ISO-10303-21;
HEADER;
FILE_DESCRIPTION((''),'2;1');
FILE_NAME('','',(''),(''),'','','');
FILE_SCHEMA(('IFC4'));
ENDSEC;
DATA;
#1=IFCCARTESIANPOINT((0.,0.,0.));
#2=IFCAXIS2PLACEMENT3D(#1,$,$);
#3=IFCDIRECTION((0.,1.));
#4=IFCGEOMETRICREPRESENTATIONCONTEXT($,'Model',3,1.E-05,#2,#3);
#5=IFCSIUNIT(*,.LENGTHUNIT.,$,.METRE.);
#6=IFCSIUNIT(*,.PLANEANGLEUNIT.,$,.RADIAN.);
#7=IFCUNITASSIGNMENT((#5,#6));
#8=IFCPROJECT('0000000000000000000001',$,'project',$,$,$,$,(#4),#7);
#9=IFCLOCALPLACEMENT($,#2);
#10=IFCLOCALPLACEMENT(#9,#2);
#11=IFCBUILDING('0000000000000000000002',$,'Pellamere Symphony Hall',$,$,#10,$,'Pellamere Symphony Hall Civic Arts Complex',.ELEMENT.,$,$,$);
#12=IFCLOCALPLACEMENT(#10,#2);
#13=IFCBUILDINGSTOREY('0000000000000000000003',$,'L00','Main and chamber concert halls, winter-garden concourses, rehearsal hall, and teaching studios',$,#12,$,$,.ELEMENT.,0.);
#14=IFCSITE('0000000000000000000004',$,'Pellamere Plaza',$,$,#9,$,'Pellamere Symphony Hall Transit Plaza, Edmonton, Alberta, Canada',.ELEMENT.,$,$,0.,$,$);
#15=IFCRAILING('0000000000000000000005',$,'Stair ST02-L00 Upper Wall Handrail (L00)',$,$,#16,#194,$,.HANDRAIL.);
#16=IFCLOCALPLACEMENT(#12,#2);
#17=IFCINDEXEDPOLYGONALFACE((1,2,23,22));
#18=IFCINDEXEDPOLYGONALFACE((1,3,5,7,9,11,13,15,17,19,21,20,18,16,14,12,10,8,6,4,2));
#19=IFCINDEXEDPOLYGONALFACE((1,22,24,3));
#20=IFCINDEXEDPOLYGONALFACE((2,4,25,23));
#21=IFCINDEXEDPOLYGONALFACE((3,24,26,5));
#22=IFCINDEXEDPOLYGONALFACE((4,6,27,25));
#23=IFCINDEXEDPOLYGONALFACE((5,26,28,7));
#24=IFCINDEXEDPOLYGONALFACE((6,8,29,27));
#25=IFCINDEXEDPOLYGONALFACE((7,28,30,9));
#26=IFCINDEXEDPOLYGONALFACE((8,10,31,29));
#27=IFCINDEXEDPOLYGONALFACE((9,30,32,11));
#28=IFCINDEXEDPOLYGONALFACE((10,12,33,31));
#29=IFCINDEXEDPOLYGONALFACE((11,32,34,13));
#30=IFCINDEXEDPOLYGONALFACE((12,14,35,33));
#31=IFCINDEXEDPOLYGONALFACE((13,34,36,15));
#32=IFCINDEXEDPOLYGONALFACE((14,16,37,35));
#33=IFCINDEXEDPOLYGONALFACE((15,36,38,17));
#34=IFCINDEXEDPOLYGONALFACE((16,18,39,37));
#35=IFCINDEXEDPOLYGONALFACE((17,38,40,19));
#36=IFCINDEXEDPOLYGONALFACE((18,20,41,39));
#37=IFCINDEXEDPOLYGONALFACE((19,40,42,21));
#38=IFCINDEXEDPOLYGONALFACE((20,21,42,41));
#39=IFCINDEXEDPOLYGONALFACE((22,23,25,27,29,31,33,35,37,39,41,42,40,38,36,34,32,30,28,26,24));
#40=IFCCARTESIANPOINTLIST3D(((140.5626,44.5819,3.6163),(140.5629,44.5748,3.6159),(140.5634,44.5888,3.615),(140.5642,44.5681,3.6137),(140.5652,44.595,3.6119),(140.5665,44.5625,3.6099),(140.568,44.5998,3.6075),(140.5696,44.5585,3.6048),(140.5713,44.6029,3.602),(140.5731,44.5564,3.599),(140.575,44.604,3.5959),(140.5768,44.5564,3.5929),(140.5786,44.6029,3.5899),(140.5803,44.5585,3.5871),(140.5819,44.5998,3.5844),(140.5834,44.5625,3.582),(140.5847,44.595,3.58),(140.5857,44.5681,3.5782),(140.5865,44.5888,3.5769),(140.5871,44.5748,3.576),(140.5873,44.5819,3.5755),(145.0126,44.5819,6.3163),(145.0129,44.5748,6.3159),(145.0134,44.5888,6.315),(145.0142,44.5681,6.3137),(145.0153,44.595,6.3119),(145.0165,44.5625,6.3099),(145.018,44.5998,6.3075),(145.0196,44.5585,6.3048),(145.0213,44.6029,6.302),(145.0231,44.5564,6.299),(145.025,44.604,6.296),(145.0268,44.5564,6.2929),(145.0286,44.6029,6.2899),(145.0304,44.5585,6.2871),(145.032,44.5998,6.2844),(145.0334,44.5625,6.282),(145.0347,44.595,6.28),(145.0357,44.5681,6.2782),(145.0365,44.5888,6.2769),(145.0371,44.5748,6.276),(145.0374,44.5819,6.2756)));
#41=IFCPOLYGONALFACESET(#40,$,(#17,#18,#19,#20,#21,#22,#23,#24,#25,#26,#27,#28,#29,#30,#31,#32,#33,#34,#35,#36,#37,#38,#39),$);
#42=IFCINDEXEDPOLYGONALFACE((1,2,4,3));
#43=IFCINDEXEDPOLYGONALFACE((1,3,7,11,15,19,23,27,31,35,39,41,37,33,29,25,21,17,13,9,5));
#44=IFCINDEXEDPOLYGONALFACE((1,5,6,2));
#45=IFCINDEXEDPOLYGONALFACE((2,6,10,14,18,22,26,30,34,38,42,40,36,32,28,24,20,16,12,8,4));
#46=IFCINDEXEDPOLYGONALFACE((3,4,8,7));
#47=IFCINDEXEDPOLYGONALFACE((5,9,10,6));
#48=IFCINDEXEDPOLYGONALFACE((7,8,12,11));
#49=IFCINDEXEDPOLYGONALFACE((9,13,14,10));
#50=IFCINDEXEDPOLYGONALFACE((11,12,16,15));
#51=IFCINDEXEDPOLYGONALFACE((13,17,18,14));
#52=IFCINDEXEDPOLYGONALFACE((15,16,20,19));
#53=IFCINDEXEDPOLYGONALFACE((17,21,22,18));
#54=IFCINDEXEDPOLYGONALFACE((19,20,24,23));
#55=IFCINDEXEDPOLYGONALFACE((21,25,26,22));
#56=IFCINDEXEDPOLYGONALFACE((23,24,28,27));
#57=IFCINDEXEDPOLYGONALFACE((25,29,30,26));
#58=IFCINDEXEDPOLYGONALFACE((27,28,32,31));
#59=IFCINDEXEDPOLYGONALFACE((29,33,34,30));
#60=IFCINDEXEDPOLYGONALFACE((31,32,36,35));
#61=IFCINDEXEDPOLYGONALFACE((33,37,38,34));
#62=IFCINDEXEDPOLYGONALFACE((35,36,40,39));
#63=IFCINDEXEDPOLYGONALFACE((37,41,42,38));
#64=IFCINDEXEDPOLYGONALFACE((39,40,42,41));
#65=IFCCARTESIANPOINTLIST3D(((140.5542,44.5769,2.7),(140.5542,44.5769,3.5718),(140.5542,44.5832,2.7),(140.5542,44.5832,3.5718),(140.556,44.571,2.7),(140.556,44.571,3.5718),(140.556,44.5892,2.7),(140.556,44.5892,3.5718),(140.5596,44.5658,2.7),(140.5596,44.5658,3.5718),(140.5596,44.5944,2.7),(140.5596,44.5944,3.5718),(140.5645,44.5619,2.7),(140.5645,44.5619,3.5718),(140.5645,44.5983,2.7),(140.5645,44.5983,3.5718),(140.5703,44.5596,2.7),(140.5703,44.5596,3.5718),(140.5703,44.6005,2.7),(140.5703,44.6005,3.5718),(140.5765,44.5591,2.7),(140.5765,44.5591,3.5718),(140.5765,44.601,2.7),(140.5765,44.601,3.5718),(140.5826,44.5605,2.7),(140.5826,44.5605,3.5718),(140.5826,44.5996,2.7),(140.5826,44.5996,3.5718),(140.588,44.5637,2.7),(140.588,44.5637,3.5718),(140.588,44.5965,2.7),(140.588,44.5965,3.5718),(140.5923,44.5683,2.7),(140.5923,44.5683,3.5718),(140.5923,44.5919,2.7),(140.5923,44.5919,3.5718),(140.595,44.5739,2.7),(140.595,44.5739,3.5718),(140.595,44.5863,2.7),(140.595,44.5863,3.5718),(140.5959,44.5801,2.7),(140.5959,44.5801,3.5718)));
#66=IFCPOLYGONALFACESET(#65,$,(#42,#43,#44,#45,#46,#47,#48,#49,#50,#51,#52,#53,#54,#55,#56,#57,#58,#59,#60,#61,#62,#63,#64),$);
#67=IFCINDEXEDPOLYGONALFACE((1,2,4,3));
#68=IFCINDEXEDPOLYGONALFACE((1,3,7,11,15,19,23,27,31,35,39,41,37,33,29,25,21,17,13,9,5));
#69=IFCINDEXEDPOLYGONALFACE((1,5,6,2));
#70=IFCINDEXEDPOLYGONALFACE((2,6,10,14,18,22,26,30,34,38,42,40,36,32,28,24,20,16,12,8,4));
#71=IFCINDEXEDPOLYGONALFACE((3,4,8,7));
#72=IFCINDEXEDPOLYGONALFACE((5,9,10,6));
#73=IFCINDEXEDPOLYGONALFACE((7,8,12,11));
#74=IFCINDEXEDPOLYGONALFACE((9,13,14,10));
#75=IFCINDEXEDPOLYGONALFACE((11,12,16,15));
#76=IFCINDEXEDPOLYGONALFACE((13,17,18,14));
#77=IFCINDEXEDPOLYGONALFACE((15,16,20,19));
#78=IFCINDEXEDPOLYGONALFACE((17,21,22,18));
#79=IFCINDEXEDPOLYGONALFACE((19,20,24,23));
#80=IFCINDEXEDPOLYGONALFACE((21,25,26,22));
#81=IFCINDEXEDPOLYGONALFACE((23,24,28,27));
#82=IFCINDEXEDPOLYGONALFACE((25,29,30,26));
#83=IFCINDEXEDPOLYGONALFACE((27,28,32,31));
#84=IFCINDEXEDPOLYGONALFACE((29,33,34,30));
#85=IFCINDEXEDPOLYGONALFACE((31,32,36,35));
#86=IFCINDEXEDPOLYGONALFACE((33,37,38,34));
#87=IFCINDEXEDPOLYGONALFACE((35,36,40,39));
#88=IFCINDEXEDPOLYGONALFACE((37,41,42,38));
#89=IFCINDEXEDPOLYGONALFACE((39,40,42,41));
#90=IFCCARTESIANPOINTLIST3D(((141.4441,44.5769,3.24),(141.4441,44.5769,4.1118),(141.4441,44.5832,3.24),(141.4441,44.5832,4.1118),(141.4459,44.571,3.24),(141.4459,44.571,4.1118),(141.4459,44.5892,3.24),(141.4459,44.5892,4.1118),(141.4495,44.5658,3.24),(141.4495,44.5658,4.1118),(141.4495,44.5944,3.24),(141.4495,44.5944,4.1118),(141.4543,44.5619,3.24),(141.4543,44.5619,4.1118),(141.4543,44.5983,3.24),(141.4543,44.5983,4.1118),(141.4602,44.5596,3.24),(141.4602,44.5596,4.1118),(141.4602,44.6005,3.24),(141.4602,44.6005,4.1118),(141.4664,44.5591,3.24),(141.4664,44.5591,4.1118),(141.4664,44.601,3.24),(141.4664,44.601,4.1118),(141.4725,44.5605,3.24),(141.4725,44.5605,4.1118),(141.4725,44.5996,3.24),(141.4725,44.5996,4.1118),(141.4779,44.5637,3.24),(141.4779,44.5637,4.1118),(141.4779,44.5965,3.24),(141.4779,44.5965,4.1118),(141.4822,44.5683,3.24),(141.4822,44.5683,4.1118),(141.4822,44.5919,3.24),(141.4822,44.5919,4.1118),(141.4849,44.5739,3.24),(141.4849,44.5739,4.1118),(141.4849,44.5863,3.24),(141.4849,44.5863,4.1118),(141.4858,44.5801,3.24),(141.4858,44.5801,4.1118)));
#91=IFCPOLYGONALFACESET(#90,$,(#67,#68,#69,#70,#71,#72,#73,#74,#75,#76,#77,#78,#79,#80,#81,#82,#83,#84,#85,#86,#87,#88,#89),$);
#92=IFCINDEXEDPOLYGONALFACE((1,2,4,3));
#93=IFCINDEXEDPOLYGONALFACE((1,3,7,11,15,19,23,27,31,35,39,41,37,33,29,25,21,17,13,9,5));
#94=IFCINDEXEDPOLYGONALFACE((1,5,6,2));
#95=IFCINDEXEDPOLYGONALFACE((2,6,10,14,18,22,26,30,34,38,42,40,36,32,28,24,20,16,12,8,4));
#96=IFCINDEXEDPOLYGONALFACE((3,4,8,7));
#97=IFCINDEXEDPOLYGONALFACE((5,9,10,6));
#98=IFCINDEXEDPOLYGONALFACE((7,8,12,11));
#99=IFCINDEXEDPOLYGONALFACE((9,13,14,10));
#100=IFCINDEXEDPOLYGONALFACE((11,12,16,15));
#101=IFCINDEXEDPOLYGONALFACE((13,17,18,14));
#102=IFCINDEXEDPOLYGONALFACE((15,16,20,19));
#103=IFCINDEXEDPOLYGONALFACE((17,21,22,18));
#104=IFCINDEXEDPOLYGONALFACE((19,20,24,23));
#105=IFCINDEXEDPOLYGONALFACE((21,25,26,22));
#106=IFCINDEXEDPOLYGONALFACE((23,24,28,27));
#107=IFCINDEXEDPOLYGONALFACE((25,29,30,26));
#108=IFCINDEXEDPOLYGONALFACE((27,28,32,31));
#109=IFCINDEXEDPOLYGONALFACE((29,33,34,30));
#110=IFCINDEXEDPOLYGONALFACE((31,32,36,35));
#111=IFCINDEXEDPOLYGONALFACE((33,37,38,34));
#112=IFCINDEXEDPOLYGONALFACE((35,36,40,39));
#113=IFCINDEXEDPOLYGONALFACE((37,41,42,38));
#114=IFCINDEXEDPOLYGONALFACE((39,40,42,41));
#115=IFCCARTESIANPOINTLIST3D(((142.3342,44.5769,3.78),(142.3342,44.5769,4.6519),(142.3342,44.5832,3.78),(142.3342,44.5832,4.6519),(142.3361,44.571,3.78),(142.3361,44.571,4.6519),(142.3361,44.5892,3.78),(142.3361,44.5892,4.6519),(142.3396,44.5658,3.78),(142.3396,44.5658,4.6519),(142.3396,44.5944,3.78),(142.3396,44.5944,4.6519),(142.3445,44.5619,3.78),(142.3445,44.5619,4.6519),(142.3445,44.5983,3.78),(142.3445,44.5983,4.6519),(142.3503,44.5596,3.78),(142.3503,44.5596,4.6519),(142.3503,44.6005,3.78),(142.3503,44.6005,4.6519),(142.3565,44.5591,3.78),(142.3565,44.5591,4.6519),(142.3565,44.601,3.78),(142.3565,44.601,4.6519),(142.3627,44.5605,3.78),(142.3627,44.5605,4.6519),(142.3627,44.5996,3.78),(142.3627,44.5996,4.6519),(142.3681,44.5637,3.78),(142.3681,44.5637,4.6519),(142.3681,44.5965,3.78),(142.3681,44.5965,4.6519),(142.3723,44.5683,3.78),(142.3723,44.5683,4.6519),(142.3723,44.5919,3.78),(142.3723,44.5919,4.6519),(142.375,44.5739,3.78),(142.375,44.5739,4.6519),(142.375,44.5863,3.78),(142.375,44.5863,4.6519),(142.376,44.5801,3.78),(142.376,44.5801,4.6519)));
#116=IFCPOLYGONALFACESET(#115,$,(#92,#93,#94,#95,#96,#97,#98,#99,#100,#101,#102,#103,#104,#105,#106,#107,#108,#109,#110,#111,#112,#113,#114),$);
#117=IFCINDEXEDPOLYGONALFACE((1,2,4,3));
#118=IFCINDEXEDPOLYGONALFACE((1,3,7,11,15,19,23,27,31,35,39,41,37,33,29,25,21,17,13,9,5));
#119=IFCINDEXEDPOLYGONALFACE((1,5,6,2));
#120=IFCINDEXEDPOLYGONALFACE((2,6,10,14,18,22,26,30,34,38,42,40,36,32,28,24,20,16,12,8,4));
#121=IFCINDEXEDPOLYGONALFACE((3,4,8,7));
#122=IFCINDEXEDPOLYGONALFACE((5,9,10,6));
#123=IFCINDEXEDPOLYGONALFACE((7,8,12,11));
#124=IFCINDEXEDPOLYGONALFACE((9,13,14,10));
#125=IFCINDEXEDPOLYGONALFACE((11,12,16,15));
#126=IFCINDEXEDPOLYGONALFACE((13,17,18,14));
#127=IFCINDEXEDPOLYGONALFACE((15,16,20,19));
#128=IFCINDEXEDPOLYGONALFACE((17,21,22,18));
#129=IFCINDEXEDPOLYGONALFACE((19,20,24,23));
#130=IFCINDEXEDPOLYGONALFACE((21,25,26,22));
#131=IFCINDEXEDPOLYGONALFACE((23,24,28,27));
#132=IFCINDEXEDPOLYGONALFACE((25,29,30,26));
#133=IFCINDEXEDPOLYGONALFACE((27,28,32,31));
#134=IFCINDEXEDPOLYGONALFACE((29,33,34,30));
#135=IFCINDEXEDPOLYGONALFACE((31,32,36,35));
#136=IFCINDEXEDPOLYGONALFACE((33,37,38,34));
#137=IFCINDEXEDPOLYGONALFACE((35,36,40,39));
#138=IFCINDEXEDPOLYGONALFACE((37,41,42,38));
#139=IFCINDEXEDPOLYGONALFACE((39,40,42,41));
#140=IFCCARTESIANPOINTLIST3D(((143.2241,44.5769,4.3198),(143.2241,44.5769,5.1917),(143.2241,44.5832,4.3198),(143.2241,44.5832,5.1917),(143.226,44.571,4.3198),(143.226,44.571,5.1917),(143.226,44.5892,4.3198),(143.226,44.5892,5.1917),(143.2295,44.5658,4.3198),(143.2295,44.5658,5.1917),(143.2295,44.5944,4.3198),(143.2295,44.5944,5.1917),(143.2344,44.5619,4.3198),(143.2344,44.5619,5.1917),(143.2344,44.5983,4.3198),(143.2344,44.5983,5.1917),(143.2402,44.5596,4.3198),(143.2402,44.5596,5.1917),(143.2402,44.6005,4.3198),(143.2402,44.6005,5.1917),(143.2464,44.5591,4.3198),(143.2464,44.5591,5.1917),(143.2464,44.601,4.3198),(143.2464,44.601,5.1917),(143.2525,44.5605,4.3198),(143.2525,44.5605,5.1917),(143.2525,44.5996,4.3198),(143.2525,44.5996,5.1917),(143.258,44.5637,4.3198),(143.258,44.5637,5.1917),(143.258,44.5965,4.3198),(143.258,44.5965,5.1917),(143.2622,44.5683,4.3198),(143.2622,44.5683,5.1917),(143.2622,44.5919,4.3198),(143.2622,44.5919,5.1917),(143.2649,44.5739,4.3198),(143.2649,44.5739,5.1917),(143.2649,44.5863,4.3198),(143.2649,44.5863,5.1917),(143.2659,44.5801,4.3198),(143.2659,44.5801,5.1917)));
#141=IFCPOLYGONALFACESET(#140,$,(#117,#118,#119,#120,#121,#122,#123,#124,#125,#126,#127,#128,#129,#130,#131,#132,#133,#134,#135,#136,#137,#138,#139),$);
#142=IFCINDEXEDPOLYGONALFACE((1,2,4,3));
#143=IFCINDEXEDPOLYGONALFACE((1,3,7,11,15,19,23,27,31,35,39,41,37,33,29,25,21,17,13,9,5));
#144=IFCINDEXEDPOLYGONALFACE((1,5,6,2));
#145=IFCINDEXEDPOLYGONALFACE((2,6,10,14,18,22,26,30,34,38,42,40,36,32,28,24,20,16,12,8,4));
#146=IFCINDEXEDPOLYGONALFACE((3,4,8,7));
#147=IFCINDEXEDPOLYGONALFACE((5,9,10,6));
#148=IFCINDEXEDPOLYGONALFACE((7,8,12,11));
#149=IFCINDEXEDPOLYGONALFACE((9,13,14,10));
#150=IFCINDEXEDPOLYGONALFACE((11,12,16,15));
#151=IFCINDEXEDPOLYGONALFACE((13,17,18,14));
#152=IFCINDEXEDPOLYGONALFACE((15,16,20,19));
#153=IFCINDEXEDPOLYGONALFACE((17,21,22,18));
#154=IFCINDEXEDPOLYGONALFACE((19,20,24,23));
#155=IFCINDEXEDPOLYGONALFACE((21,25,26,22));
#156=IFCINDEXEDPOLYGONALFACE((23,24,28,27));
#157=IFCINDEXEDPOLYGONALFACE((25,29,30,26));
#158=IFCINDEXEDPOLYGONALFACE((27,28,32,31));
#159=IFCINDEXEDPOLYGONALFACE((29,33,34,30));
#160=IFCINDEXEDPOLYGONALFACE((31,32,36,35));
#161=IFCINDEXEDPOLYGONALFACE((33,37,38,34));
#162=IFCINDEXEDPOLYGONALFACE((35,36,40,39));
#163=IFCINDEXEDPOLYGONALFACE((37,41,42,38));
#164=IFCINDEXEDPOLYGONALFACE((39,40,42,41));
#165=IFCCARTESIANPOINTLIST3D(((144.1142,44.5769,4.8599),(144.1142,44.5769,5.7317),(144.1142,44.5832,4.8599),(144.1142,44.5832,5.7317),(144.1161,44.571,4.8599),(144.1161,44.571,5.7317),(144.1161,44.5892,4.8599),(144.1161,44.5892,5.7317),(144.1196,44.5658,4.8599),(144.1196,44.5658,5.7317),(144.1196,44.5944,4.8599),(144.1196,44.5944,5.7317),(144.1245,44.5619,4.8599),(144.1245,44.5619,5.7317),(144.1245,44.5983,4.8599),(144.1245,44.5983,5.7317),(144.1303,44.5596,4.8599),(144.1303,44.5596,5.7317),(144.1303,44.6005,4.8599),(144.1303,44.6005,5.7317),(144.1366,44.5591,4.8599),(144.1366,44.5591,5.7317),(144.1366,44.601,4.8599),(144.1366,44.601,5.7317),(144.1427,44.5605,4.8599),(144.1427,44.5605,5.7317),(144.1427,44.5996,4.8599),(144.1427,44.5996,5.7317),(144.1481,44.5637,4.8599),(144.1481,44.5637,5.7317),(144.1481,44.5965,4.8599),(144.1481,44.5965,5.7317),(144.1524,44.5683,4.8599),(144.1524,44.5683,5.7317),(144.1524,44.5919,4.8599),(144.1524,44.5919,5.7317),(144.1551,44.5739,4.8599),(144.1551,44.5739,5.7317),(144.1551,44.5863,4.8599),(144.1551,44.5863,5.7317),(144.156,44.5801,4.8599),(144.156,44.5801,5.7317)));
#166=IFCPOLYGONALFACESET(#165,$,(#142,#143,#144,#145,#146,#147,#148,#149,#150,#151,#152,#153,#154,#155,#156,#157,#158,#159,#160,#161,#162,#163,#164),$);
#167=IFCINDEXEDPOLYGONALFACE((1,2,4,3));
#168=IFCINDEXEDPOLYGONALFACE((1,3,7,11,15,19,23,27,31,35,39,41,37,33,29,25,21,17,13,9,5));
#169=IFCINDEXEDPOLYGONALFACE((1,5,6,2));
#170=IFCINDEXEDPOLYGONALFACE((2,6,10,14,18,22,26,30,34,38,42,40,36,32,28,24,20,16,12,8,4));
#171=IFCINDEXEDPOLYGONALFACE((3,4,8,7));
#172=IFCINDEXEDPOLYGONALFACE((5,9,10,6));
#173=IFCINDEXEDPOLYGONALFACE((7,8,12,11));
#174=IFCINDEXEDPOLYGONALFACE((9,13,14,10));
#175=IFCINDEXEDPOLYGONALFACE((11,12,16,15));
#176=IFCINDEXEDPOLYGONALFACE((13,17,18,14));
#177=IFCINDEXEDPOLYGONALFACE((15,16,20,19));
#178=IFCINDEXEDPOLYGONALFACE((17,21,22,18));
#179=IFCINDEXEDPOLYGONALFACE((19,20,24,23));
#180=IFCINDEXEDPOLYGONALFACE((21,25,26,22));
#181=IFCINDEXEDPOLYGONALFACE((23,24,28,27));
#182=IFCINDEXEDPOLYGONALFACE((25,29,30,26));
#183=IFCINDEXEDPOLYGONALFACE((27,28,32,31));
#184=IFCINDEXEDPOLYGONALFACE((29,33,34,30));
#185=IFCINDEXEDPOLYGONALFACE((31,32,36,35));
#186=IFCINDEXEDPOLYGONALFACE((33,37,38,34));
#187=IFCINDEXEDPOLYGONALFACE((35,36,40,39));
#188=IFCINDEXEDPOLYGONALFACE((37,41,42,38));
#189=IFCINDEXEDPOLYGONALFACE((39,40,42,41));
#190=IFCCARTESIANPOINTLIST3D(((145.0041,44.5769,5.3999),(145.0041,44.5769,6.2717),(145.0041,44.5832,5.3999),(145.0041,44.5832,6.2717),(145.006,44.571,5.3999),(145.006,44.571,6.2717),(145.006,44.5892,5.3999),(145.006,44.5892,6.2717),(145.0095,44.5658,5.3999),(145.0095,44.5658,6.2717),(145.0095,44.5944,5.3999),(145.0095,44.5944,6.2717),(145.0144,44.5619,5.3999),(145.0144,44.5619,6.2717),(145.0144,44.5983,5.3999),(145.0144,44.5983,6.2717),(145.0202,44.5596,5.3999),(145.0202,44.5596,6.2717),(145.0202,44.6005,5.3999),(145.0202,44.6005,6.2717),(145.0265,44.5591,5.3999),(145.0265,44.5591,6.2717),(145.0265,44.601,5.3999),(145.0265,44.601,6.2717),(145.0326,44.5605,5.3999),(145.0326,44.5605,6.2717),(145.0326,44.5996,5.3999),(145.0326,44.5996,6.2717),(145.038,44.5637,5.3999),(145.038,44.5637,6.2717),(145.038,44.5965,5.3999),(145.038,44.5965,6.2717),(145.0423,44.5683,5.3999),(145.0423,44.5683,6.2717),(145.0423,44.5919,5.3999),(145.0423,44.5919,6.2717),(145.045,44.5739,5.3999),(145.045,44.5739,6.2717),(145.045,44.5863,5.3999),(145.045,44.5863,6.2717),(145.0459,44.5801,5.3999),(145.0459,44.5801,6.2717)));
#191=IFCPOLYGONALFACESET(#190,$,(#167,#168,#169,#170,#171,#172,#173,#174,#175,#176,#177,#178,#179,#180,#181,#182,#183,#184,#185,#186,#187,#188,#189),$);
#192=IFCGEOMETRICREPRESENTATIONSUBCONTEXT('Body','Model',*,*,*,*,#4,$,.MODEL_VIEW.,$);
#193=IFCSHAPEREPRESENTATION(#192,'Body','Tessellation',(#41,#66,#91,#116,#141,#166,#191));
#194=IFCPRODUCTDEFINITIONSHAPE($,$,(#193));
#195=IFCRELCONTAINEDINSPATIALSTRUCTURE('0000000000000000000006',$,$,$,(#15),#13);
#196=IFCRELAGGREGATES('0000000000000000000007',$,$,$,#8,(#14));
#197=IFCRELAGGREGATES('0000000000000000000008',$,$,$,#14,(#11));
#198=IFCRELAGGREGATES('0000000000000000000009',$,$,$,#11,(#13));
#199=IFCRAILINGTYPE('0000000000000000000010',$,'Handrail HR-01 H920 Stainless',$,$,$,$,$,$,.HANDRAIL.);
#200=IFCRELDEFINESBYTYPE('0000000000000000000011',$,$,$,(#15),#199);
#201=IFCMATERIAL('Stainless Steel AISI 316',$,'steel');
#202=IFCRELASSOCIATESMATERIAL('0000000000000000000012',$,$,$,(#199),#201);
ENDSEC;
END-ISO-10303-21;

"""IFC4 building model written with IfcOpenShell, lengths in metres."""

from ifc_helpers import new_model, si_unit, direction, frame, origin, origin_2d, place, context, subcontext, project, spatial, circle, extrude, material, type_object, element, save


model = new_model("IFC4")

# Units and contexts
model_context = context("Model", 3, precision=1e-05, world=origin(), true_north=direction((0.0, 1.0)))
body_context = subcontext(model_context, "Body", "Model", "MODEL_VIEW")
ifc_project = project(units=[si_unit("LENGTHUNIT", "METRE"), si_unit("PLANEANGLEUNIT", "RADIAN")], contexts=[model_context])

# Site, building, storey
site_placement = place(None, origin())
site = spatial("IfcSite", under=ifc_project, at=site_placement, Name="Pellamere Plaza", LongName="Pellamere Symphony Hall Transit Plaza, Edmonton, Alberta, Canada", CompositionType="ELEMENT", RefElevation=0.0)
building_placement = place(site_placement, origin())
building = spatial("IfcBuilding", under=site, at=building_placement, Name="Pellamere Symphony Hall", LongName="Pellamere Symphony Hall Civic Arts Complex", CompositionType="ELEMENT")
storey_placement = place(building_placement, origin())
storey = spatial("IfcBuildingStorey", under=building, at=storey_placement, Name="L00", Description="Main and chamber concert halls, winter-garden concourses, rehearsal hall, and teaching studios", CompositionType="ELEMENT", Elevation=0.0)

# Railing
ifc_material_1 = material(Name="Stainless Steel AISI 316", Category="steel")
railing_type_1 = type_object("IfcRailingType", Name="Handrail HR-01 H920 Stainless", PredefinedType="HANDRAIL", material=ifc_material_1)
railing_1_placement = place(storey_placement, frame((140.575, 44.5801, 2.7)))
element("IfcRailing", 1, at=railing_1_placement, inside=storey, type_object=railing_type_1, Name="Stair ST02-L00 Upper Wall Handrail (L00)", PredefinedType="HANDRAIL", context=body_context, shape_type="SweptSolid", body=[
    extrude(circle(Radius=0.0239, at=origin_2d()), frame((0.0, 0.0, 0.896), z_axis=(0.854941, 0.0, 0.518725), x_axis=(0.0, 1.0, 0.0)), (0.0, 0.0, 1.0), 5.2051),
    extrude(circle(Radius=0.021, at=origin_2d()), origin(), (0.0, 0.0, 1.0), 0.8718),
    extrude(circle(Radius=0.021, at=origin_2d()), frame((0.8899, 0.0, 0.54)), (0.0, 0.0, 1.0), 0.8718),
    extrude(circle(Radius=0.021, at=origin_2d()), frame((1.78, 0.0, 1.0801)), (0.0, 0.0, 1.0), 0.8718),
    extrude(circle(Radius=0.021, at=origin_2d()), frame((2.6699, 0.0, 1.6199)), (0.0, 0.0, 1.0), 0.8718),
    extrude(circle(Radius=0.021, at=origin_2d()), frame((3.5601, 0.0, 2.1599)), (0.0, 0.0, 1.0), 0.8718),
    extrude(circle(Radius=0.021, at=origin_2d()), frame((4.45, 0.0, 2.7)), (0.0, 0.0, 1.0), 0.8718),
])

save(model, "model.ifc")
